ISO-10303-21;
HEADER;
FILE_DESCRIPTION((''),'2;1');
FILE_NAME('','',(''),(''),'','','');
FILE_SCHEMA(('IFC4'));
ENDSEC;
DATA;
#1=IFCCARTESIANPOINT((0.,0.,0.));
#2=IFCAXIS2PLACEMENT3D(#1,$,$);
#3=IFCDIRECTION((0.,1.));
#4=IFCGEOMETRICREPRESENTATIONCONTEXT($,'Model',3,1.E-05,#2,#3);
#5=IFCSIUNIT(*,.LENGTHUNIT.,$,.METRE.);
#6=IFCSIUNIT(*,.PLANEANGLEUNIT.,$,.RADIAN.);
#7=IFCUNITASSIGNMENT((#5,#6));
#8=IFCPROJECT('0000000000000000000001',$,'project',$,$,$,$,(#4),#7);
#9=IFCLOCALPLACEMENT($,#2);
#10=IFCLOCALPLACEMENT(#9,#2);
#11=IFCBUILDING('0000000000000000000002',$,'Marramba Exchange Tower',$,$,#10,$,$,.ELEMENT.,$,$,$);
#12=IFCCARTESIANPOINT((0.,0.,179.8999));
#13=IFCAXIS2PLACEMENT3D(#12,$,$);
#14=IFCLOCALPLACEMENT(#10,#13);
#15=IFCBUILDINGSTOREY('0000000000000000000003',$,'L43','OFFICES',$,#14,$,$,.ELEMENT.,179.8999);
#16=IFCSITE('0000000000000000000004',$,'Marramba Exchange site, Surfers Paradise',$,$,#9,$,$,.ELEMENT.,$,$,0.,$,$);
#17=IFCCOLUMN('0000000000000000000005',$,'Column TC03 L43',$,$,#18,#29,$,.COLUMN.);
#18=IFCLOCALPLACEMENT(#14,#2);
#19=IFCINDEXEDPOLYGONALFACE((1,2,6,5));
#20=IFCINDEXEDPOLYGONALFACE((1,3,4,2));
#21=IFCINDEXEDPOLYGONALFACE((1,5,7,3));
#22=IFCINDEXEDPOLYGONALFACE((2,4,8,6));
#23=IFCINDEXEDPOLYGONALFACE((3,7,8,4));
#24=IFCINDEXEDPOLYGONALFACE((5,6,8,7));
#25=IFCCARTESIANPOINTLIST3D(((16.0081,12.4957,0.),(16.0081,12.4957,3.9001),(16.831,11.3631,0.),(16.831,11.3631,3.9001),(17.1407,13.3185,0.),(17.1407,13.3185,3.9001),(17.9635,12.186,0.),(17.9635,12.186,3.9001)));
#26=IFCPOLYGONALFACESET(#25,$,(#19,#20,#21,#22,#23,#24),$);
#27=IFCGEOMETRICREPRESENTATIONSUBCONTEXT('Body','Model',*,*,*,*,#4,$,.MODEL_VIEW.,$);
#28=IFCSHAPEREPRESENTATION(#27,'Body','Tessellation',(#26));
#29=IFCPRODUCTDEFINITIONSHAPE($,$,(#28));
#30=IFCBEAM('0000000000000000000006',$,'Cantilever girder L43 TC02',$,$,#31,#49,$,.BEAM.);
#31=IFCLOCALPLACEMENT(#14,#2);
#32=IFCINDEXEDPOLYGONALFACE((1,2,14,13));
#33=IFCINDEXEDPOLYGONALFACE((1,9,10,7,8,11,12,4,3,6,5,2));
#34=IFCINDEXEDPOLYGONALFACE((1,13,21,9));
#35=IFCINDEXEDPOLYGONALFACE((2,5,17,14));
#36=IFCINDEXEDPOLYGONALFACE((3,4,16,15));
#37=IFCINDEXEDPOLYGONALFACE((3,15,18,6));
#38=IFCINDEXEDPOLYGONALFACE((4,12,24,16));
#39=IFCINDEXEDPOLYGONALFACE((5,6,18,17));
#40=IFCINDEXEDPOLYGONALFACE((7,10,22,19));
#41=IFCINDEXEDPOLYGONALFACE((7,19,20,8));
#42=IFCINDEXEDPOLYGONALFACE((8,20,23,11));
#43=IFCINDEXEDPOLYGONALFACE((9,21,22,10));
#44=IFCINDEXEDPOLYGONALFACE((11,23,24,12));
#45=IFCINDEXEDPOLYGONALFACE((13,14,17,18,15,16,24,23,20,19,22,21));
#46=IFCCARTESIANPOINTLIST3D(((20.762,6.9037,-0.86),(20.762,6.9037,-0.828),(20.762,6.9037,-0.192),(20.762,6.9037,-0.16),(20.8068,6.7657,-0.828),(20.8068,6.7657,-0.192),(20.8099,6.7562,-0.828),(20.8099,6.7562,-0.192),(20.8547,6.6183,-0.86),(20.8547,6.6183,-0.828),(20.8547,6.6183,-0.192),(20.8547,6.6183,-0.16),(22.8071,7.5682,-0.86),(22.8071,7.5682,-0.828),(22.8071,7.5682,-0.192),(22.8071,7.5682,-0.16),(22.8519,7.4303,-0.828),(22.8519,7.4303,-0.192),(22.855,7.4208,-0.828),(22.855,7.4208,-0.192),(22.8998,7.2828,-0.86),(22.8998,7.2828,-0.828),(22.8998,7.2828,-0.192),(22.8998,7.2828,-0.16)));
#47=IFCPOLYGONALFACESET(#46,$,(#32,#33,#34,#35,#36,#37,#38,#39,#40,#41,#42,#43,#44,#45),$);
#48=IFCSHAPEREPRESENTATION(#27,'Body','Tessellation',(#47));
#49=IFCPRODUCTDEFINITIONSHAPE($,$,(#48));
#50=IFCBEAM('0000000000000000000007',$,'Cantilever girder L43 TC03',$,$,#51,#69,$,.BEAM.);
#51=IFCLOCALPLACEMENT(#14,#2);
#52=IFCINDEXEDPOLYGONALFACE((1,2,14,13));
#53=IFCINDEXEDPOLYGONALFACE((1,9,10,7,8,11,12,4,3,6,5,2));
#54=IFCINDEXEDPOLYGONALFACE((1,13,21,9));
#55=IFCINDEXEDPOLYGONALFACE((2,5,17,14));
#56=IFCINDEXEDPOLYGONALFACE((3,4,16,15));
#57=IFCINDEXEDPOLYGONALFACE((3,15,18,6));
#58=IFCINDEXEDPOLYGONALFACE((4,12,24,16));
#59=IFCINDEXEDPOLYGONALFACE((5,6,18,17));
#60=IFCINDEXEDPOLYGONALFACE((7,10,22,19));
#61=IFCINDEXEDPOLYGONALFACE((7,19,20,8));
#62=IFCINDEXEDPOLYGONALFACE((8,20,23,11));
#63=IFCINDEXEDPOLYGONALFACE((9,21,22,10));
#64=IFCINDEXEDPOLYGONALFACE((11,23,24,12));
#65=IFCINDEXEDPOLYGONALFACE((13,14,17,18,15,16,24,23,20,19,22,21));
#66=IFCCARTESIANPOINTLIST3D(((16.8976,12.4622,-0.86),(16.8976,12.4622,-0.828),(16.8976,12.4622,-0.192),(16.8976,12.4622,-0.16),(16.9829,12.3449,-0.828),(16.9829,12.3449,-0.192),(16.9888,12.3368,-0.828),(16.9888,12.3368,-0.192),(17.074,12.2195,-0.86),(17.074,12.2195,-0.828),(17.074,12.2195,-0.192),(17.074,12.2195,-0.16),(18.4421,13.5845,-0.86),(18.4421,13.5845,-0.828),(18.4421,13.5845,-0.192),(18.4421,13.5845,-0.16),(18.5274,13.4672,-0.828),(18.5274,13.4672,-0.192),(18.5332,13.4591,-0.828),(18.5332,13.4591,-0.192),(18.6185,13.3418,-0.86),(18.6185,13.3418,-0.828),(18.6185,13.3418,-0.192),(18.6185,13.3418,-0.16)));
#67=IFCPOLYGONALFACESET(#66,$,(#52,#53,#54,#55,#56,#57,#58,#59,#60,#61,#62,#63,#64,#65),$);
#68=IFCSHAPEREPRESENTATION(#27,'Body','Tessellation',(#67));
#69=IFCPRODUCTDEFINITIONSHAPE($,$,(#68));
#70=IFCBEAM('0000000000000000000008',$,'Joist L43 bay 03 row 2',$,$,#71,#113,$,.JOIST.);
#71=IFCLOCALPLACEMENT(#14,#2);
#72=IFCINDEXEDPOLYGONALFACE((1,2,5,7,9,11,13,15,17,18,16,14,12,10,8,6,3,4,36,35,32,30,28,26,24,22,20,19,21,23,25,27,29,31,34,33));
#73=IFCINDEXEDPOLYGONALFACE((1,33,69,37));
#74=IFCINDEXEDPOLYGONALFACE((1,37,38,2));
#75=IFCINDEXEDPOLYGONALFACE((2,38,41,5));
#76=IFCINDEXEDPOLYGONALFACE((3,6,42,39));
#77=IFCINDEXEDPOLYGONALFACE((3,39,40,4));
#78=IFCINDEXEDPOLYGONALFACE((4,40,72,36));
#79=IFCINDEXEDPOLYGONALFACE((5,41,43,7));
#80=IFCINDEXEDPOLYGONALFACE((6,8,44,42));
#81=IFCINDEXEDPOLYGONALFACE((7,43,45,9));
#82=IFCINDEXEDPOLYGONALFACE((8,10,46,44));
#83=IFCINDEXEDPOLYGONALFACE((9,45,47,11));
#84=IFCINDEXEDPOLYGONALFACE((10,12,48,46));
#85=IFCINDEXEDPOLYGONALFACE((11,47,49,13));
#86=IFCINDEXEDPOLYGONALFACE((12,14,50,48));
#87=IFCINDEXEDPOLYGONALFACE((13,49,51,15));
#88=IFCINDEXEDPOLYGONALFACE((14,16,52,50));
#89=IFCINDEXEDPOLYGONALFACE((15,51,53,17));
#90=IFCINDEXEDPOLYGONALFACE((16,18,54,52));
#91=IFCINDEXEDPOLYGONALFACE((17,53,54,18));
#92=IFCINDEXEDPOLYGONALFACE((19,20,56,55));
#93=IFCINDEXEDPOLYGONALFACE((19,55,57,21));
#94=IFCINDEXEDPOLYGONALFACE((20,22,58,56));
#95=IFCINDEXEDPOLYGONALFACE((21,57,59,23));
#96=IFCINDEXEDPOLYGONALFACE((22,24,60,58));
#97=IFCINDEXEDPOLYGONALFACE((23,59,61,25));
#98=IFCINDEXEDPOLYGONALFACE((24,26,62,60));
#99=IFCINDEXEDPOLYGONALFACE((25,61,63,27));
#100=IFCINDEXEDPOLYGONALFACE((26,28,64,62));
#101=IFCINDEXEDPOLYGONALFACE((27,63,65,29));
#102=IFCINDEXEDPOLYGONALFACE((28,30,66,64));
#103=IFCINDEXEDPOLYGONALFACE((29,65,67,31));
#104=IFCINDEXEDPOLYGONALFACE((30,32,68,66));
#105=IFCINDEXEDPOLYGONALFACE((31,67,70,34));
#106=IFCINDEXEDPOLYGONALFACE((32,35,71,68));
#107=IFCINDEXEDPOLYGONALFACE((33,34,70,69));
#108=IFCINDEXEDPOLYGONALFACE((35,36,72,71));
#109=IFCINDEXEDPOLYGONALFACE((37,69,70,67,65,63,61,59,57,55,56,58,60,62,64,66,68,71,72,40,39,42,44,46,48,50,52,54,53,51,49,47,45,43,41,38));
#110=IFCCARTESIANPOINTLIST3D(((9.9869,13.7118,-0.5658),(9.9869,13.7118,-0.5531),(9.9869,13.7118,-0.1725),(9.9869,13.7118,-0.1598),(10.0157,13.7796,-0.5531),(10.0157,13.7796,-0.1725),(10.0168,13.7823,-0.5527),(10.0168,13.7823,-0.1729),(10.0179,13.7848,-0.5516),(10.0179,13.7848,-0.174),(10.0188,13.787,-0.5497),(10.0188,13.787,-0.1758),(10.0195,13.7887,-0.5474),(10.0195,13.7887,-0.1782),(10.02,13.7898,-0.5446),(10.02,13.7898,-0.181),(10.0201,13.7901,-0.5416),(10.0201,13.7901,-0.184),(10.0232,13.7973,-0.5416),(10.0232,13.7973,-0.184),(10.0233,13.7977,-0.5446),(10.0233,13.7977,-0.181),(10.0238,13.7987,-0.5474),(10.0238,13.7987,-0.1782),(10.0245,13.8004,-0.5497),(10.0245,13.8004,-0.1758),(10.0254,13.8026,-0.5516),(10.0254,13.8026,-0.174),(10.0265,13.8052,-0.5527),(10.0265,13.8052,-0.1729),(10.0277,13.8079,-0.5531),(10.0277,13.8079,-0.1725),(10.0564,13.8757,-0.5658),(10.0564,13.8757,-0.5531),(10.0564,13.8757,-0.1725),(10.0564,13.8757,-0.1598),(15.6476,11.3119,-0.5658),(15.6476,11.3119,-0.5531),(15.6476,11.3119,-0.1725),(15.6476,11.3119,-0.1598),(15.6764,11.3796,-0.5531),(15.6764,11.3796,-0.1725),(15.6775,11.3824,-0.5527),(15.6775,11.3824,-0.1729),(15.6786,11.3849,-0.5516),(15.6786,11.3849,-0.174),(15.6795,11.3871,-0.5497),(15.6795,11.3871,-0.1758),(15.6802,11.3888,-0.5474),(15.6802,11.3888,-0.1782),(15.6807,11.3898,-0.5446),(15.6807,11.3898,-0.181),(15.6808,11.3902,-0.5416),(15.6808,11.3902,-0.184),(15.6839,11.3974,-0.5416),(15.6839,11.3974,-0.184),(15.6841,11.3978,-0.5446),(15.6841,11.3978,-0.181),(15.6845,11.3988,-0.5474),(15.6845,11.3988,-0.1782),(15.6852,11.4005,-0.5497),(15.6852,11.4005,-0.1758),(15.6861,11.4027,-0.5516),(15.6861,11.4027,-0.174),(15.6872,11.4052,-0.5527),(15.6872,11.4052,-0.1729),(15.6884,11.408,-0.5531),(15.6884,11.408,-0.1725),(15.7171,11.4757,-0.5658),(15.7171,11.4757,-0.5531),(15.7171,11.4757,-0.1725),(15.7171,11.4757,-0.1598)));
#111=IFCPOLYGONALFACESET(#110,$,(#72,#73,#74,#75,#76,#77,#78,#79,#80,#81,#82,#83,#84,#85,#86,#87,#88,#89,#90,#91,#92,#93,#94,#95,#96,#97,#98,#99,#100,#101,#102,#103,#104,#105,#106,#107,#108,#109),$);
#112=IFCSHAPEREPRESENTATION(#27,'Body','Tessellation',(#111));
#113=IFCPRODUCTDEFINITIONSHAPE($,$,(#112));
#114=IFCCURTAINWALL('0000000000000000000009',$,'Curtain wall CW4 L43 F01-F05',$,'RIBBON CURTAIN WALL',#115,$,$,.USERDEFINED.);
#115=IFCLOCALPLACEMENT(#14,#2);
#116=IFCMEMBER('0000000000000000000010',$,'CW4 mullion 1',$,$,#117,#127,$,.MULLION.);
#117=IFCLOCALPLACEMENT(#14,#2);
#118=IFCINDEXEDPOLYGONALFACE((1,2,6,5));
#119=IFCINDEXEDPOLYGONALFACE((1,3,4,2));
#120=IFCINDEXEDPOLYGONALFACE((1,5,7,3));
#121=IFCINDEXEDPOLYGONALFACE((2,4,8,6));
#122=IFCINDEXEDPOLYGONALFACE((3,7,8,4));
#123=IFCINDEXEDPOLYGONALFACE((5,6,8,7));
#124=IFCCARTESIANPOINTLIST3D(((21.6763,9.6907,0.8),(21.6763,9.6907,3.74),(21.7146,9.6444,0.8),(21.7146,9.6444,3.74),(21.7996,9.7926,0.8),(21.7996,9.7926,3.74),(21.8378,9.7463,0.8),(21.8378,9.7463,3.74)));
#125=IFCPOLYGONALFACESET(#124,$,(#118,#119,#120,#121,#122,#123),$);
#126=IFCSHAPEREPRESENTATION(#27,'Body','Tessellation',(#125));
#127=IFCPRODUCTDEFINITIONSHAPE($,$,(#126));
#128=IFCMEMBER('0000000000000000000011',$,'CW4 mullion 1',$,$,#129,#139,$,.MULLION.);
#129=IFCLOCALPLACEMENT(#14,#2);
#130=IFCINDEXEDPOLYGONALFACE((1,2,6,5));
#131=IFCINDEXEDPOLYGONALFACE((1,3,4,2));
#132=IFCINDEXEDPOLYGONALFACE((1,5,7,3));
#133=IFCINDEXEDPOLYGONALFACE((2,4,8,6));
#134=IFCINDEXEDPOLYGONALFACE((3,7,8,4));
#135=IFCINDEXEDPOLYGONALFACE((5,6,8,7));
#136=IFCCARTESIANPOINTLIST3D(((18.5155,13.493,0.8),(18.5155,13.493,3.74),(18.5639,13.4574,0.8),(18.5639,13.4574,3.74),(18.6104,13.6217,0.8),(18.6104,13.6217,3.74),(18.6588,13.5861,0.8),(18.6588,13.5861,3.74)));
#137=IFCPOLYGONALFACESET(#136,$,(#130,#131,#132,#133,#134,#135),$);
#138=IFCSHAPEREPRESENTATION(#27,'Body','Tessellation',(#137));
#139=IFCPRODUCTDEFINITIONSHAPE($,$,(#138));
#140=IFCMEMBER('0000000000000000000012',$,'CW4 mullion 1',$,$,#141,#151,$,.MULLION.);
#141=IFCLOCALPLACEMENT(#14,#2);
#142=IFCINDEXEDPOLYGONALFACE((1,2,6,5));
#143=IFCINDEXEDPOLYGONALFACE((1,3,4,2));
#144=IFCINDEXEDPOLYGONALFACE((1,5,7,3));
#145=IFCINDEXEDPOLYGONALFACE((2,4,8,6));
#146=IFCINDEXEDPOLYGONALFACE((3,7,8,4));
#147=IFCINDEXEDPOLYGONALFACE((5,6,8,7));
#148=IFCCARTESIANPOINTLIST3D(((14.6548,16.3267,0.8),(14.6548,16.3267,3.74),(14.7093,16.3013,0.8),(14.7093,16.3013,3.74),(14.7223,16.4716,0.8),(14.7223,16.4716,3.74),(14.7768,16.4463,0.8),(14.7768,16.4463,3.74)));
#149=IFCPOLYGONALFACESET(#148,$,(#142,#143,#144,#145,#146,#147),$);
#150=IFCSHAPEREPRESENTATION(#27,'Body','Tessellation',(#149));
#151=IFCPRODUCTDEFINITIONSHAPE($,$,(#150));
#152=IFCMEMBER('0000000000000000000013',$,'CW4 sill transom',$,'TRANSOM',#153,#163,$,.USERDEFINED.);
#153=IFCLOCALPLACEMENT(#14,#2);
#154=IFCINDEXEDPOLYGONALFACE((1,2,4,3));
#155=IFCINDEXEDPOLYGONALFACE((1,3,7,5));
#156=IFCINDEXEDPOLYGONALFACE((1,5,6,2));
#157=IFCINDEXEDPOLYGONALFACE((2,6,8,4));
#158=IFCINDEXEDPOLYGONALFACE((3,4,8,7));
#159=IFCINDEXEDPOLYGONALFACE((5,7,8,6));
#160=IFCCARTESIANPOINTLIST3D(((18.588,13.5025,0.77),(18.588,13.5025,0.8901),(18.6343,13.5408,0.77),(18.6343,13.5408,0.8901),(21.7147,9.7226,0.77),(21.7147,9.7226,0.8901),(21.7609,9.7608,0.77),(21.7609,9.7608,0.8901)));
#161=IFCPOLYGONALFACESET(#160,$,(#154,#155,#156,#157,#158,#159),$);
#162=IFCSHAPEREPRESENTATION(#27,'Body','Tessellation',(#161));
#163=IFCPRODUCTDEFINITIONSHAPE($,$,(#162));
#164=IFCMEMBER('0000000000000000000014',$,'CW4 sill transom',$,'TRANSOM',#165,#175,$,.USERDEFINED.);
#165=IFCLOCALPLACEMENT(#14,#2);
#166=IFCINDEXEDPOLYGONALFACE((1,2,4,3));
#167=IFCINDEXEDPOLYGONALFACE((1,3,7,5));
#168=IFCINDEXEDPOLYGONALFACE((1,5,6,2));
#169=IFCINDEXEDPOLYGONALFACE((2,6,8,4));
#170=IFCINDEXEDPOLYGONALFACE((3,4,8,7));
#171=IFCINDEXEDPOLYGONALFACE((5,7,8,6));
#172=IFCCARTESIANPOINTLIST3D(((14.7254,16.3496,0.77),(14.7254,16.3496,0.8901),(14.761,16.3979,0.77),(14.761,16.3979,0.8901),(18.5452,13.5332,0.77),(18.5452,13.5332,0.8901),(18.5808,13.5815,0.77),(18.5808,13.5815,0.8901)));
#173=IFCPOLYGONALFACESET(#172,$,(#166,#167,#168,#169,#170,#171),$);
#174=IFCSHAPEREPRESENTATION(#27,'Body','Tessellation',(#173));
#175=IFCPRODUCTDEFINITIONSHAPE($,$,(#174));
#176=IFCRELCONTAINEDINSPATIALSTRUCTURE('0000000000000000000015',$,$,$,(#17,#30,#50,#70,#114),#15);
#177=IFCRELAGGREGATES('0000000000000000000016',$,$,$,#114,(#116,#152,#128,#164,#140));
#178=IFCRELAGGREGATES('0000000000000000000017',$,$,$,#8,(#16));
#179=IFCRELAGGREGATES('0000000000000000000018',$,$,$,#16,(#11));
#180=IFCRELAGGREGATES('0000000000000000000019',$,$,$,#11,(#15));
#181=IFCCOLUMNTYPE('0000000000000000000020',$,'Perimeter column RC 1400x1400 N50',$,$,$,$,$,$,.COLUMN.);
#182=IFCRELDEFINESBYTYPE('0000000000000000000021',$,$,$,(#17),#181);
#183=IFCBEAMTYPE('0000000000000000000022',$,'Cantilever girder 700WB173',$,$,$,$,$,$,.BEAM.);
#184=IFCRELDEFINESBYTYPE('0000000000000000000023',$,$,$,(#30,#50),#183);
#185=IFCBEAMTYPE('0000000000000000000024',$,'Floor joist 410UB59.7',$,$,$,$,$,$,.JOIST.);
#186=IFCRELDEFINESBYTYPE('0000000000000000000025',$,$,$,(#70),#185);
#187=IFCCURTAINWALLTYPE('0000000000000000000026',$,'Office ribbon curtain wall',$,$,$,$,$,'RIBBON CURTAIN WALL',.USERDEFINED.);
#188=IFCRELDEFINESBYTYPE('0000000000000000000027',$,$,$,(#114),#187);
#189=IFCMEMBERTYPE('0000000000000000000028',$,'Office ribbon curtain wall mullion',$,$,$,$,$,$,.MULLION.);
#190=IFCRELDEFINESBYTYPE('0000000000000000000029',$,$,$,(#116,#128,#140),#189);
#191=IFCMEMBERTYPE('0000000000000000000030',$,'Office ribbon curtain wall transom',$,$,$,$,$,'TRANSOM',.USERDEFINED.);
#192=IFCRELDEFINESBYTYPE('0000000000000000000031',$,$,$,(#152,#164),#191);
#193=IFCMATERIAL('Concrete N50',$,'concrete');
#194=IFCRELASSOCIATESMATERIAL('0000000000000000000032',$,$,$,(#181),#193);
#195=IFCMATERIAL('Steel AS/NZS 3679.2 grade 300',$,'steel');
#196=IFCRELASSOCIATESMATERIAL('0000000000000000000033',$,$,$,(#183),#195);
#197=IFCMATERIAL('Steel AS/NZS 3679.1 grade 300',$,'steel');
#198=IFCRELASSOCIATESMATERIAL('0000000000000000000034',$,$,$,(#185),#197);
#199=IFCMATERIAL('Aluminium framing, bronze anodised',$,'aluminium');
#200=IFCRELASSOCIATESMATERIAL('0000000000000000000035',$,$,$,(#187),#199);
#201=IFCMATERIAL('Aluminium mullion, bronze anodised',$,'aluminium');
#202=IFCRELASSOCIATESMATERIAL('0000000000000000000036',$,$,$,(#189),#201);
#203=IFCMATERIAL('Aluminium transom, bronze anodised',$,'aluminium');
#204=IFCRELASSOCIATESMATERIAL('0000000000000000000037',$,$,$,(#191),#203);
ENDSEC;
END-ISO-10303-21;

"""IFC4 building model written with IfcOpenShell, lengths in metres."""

from ifc_helpers import new_model, si_unit, direction, frame, origin, origin_2d, place, context, subcontext, project, spatial, rectangle, i_section, extrude, material, material_profile, profile_set, type_object, element, aggregate, save


model = new_model("IFC4")

# Units and contexts
model_context = context("Model", 3, precision=1e-05, world=origin(), true_north=direction((0.0, 1.0)))
body_context = subcontext(model_context, "Body", "Model", "MODEL_VIEW")
ifc_project = project(units=[si_unit("LENGTHUNIT", "METRE"), si_unit("PLANEANGLEUNIT", "RADIAN")], contexts=[model_context])

# Site, building, storey
site_placement = place(None, origin())
site = spatial("IfcSite", under=ifc_project, at=site_placement, Name="Marramba Exchange site, Surfers Paradise", CompositionType="ELEMENT", RefElevation=0.0)
building_placement = place(site_placement, origin())
building = spatial("IfcBuilding", under=site, at=building_placement, Name="Marramba Exchange Tower", CompositionType="ELEMENT")
storey_placement = place(building_placement, frame((0.0, 0.0, 179.8999)))
storey = spatial("IfcBuildingStorey", under=building, at=storey_placement, Name="L43", Description="OFFICES", CompositionType="ELEMENT", Elevation=179.8999)

# Column
ifc_material_1 = material(Name="Concrete N50", Category="concrete")
ifc_material_profile_1 = material_profile(ifc_material_1, rectangle(XDim=1.3999, YDim=1.3999, at=origin_2d()), Name="RC 1400x1400")
ifc_profile_set_1 = profile_set([ifc_material_profile_1], Name="Concrete N50")
column_type = type_object("IfcColumnType", Name="Perimeter column RC 1400x1400 N50", PredefinedType="COLUMN", material=ifc_profile_set_1)
column_placement = place(storey_placement, frame((16.9858, 12.3408, 0.0), z_axis=(0.0, 0.0, 1.0), x_axis=(0.809017, 0.587785, 0.0)))
element("IfcColumn", 1, at=column_placement, inside=storey, type_object=column_type, Name="Column TC03 L43", PredefinedType="COLUMN", context=body_context, shape_type="SweptSolid", body=[
    extrude(rectangle(XDim=1.3999, YDim=1.3999, at=origin_2d()), origin(), (0.0, 0.0, 1.0), 3.9001),
])

# Beams
ifc_material_2 = material(Name="Steel AS/NZS 3679.2 grade 300", Category="steel")
ifc_material_profile_2 = material_profile(ifc_material_2, i_section(OverallWidth=0.3, OverallDepth=0.7, WebThickness=0.01, FlangeThickness=0.032, at=origin_2d()), Name="700WB173")
ifc_profile_set_2 = profile_set([ifc_material_profile_2], Name="Steel AS/NZS 3679.2 grade 300")
beam_type_1 = type_object("IfcBeamType", Name="Cantilever girder 700WB173", PredefinedType="BEAM", material=ifc_profile_set_2)
beam_1_placement = place(storey_placement, frame((20.8083, 6.761, -0.51), z_axis=(0.951052, 0.309032, 0.0), x_axis=(-0.309032, 0.951052, 0.0)))
element("IfcBeam", 2, at=beam_1_placement, inside=storey, type_object=beam_type_1, Name="Cantilever girder L43 TC02", PredefinedType="BEAM", context=body_context, shape_type="SweptSolid", body=[
    extrude(i_section(OverallWidth=0.3, OverallDepth=0.7, WebThickness=0.01, FlangeThickness=0.032, at=origin_2d()), origin(), (0.0, 0.0, 1.0), 2.1504),
])
beam_2_placement = place(storey_placement, frame((16.9858, 12.3408, -0.51), z_axis=(0.808963, 0.58786, 0.0), x_axis=(-0.58786, 0.808963, 0.0)))
element("IfcBeam", 3, at=beam_2_placement, inside=storey, type_object=beam_type_1, Name="Cantilever girder L43 TC03", PredefinedType="BEAM", context=body_context, shape_type="SweptSolid", body=[
    extrude(i_section(OverallWidth=0.3, OverallDepth=0.7, WebThickness=0.01, FlangeThickness=0.032, at=origin_2d()), origin(), (0.0, 0.0, 1.0), 1.9092),
])
ifc_material_3 = material(Name="Steel AS/NZS 3679.1 grade 300", Category="steel")
ifc_material_profile_3 = material_profile(ifc_material_3, i_section(OverallWidth=0.178, OverallDepth=0.406, WebThickness=0.0078, FlangeThickness=0.0127, FilletRadius=0.0115, at=origin_2d()), Name="410UB59.7")
ifc_profile_set_3 = profile_set([ifc_material_profile_3], Name="Steel AS/NZS 3679.1 grade 300")
beam_type_2 = type_object("IfcBeamType", Name="Floor joist 410UB59.7", PredefinedType="JOIST", material=ifc_profile_set_3)
beam_3_placement = place(storey_placement, frame((15.6824, 11.3938, -0.3628), z_axis=(-0.920674, 0.390332, 0.0), x_axis=(-0.390332, -0.920674, 0.0)))
element("IfcBeam", 4, at=beam_3_placement, inside=storey, type_object=beam_type_2, Name="Joist L43 bay 03 row 2", PredefinedType="JOIST", context=body_context, shape_type="SweptSolid", body=[
    extrude(i_section(OverallWidth=0.178, OverallDepth=0.406, WebThickness=0.0078, FlangeThickness=0.0127, FilletRadius=0.0115, at=origin_2d()), origin(), (0.0, 0.0, 1.0), 6.1484),
])

# Curtain wall, members
ifc_material_4 = material(Name="Aluminium framing, bronze anodised", Category="aluminium")
curtain_wall_type = type_object("IfcCurtainWallType", Name="Office ribbon curtain wall", ElementType="RIBBON CURTAIN WALL", PredefinedType="USERDEFINED", material=ifc_material_4)
curtain_wall_placement = place(storey_placement, origin())
curtain_wall = element("IfcCurtainWall", 5, at=curtain_wall_placement, inside=storey, type_object=curtain_wall_type, Name="Curtain wall CW4 L43 F01-F05", ObjectType="RIBBON CURTAIN WALL", PredefinedType="USERDEFINED")
ifc_material_5 = material(Name="Aluminium mullion, bronze anodised", Category="aluminium")
ifc_material_profile_4 = material_profile(ifc_material_5, rectangle(XDim=0.1599, YDim=0.0601, at=origin_2d()), Name="CW4 mullion 60x160")
ifc_profile_set_4 = profile_set([ifc_material_profile_4], Name="Aluminium mullion, bronze anodised")
member_type_1 = type_object("IfcMemberType", Name="Office ribbon curtain wall mullion", PredefinedType="MULLION", material=ifc_profile_set_4)
member_1_placement = place(storey_placement, frame((21.7571, 9.7185, 0.8), z_axis=(0.0, 0.0, 1.0), x_axis=(-0.770574, -0.63735, 0.0)))
member_1 = element("IfcMember", 6, at=member_1_placement, type_object=member_type_1, Name="CW4 mullion 1", PredefinedType="MULLION", context=body_context, shape_type="SweptSolid", body=[
    extrude(rectangle(XDim=0.1599, YDim=0.0601, at=origin_2d()), origin(), (0.0, 0.0, 1.0), 2.9399),
])
member_2_placement = place(storey_placement, frame((18.5872, 13.5396, 0.8), z_axis=(0.0, 0.0, 1.0), x_axis=(-0.593441, -0.804877, 0.0)))
member_2 = element("IfcMember", 7, at=member_2_placement, type_object=member_type_1, Name="CW4 mullion 1", PredefinedType="MULLION", context=body_context, shape_type="SweptSolid", body=[
    extrude(rectangle(XDim=0.1599, YDim=0.0601, at=origin_2d()), origin(), (0.0, 0.0, 1.0), 2.9399),
])
member_3_placement = place(storey_placement, frame((14.7158, 16.3865, 0.8), z_axis=(0.0, 0.0, 1.0), x_axis=(-0.422133, -0.906534, 0.0)))
member_3 = element("IfcMember", 8, at=member_3_placement, type_object=member_type_1, Name="CW4 mullion 1", PredefinedType="MULLION", context=body_context, shape_type="SweptSolid", body=[
    extrude(rectangle(XDim=0.1599, YDim=0.0601, at=origin_2d()), origin(), (0.0, 0.0, 1.0), 2.9399),
])
ifc_material_6 = material(Name="Aluminium transom, bronze anodised", Category="aluminium")
ifc_material_profile_5 = material_profile(ifc_material_6, rectangle(XDim=0.0601, YDim=0.1201, at=origin_2d()), Name="CW4 transom 60x120")
ifc_profile_set_5 = profile_set([ifc_material_profile_5], Name="Aluminium transom, bronze anodised")
member_type_2 = type_object("IfcMemberType", Name="Office ribbon curtain wall transom", ElementType="TRANSOM", PredefinedType="USERDEFINED", material=ifc_profile_set_5)
member_4_placement = place(storey_placement, frame((21.7378, 9.7417, 0.8301), z_axis=(-0.637375, 0.770554, 0.0), x_axis=(-0.770554, -0.637375, 0.0)))
member_4 = element("IfcMember", 9, at=member_4_placement, type_object=member_type_2, Name="CW4 sill transom", ObjectType="TRANSOM", PredefinedType="USERDEFINED", context=body_context, shape_type="SweptSolid", body=[
    extrude(rectangle(XDim=0.0601, YDim=0.1201, at=origin_2d()), origin(), (0.0, 0.0, 1.0), 4.9055),
])
member_5_placement = place(storey_placement, frame((18.563, 13.5574, 0.8301), z_axis=(-0.804875, 0.593445, 0.0), x_axis=(-0.593445, -0.804875, 0.0)))
member_5 = element("IfcMember", 10, at=member_5_placement, type_object=member_type_2, Name="CW4 sill transom", ObjectType="TRANSOM", PredefinedType="USERDEFINED", context=body_context, shape_type="SweptSolid", body=[
    extrude(rectangle(XDim=0.0601, YDim=0.1201, at=origin_2d()), origin(), (0.0, 0.0, 1.0), 4.7458),
])

aggregate(curtain_wall, [member_1, member_4, member_2, member_5, member_3])

save(model, "model.ifc")
